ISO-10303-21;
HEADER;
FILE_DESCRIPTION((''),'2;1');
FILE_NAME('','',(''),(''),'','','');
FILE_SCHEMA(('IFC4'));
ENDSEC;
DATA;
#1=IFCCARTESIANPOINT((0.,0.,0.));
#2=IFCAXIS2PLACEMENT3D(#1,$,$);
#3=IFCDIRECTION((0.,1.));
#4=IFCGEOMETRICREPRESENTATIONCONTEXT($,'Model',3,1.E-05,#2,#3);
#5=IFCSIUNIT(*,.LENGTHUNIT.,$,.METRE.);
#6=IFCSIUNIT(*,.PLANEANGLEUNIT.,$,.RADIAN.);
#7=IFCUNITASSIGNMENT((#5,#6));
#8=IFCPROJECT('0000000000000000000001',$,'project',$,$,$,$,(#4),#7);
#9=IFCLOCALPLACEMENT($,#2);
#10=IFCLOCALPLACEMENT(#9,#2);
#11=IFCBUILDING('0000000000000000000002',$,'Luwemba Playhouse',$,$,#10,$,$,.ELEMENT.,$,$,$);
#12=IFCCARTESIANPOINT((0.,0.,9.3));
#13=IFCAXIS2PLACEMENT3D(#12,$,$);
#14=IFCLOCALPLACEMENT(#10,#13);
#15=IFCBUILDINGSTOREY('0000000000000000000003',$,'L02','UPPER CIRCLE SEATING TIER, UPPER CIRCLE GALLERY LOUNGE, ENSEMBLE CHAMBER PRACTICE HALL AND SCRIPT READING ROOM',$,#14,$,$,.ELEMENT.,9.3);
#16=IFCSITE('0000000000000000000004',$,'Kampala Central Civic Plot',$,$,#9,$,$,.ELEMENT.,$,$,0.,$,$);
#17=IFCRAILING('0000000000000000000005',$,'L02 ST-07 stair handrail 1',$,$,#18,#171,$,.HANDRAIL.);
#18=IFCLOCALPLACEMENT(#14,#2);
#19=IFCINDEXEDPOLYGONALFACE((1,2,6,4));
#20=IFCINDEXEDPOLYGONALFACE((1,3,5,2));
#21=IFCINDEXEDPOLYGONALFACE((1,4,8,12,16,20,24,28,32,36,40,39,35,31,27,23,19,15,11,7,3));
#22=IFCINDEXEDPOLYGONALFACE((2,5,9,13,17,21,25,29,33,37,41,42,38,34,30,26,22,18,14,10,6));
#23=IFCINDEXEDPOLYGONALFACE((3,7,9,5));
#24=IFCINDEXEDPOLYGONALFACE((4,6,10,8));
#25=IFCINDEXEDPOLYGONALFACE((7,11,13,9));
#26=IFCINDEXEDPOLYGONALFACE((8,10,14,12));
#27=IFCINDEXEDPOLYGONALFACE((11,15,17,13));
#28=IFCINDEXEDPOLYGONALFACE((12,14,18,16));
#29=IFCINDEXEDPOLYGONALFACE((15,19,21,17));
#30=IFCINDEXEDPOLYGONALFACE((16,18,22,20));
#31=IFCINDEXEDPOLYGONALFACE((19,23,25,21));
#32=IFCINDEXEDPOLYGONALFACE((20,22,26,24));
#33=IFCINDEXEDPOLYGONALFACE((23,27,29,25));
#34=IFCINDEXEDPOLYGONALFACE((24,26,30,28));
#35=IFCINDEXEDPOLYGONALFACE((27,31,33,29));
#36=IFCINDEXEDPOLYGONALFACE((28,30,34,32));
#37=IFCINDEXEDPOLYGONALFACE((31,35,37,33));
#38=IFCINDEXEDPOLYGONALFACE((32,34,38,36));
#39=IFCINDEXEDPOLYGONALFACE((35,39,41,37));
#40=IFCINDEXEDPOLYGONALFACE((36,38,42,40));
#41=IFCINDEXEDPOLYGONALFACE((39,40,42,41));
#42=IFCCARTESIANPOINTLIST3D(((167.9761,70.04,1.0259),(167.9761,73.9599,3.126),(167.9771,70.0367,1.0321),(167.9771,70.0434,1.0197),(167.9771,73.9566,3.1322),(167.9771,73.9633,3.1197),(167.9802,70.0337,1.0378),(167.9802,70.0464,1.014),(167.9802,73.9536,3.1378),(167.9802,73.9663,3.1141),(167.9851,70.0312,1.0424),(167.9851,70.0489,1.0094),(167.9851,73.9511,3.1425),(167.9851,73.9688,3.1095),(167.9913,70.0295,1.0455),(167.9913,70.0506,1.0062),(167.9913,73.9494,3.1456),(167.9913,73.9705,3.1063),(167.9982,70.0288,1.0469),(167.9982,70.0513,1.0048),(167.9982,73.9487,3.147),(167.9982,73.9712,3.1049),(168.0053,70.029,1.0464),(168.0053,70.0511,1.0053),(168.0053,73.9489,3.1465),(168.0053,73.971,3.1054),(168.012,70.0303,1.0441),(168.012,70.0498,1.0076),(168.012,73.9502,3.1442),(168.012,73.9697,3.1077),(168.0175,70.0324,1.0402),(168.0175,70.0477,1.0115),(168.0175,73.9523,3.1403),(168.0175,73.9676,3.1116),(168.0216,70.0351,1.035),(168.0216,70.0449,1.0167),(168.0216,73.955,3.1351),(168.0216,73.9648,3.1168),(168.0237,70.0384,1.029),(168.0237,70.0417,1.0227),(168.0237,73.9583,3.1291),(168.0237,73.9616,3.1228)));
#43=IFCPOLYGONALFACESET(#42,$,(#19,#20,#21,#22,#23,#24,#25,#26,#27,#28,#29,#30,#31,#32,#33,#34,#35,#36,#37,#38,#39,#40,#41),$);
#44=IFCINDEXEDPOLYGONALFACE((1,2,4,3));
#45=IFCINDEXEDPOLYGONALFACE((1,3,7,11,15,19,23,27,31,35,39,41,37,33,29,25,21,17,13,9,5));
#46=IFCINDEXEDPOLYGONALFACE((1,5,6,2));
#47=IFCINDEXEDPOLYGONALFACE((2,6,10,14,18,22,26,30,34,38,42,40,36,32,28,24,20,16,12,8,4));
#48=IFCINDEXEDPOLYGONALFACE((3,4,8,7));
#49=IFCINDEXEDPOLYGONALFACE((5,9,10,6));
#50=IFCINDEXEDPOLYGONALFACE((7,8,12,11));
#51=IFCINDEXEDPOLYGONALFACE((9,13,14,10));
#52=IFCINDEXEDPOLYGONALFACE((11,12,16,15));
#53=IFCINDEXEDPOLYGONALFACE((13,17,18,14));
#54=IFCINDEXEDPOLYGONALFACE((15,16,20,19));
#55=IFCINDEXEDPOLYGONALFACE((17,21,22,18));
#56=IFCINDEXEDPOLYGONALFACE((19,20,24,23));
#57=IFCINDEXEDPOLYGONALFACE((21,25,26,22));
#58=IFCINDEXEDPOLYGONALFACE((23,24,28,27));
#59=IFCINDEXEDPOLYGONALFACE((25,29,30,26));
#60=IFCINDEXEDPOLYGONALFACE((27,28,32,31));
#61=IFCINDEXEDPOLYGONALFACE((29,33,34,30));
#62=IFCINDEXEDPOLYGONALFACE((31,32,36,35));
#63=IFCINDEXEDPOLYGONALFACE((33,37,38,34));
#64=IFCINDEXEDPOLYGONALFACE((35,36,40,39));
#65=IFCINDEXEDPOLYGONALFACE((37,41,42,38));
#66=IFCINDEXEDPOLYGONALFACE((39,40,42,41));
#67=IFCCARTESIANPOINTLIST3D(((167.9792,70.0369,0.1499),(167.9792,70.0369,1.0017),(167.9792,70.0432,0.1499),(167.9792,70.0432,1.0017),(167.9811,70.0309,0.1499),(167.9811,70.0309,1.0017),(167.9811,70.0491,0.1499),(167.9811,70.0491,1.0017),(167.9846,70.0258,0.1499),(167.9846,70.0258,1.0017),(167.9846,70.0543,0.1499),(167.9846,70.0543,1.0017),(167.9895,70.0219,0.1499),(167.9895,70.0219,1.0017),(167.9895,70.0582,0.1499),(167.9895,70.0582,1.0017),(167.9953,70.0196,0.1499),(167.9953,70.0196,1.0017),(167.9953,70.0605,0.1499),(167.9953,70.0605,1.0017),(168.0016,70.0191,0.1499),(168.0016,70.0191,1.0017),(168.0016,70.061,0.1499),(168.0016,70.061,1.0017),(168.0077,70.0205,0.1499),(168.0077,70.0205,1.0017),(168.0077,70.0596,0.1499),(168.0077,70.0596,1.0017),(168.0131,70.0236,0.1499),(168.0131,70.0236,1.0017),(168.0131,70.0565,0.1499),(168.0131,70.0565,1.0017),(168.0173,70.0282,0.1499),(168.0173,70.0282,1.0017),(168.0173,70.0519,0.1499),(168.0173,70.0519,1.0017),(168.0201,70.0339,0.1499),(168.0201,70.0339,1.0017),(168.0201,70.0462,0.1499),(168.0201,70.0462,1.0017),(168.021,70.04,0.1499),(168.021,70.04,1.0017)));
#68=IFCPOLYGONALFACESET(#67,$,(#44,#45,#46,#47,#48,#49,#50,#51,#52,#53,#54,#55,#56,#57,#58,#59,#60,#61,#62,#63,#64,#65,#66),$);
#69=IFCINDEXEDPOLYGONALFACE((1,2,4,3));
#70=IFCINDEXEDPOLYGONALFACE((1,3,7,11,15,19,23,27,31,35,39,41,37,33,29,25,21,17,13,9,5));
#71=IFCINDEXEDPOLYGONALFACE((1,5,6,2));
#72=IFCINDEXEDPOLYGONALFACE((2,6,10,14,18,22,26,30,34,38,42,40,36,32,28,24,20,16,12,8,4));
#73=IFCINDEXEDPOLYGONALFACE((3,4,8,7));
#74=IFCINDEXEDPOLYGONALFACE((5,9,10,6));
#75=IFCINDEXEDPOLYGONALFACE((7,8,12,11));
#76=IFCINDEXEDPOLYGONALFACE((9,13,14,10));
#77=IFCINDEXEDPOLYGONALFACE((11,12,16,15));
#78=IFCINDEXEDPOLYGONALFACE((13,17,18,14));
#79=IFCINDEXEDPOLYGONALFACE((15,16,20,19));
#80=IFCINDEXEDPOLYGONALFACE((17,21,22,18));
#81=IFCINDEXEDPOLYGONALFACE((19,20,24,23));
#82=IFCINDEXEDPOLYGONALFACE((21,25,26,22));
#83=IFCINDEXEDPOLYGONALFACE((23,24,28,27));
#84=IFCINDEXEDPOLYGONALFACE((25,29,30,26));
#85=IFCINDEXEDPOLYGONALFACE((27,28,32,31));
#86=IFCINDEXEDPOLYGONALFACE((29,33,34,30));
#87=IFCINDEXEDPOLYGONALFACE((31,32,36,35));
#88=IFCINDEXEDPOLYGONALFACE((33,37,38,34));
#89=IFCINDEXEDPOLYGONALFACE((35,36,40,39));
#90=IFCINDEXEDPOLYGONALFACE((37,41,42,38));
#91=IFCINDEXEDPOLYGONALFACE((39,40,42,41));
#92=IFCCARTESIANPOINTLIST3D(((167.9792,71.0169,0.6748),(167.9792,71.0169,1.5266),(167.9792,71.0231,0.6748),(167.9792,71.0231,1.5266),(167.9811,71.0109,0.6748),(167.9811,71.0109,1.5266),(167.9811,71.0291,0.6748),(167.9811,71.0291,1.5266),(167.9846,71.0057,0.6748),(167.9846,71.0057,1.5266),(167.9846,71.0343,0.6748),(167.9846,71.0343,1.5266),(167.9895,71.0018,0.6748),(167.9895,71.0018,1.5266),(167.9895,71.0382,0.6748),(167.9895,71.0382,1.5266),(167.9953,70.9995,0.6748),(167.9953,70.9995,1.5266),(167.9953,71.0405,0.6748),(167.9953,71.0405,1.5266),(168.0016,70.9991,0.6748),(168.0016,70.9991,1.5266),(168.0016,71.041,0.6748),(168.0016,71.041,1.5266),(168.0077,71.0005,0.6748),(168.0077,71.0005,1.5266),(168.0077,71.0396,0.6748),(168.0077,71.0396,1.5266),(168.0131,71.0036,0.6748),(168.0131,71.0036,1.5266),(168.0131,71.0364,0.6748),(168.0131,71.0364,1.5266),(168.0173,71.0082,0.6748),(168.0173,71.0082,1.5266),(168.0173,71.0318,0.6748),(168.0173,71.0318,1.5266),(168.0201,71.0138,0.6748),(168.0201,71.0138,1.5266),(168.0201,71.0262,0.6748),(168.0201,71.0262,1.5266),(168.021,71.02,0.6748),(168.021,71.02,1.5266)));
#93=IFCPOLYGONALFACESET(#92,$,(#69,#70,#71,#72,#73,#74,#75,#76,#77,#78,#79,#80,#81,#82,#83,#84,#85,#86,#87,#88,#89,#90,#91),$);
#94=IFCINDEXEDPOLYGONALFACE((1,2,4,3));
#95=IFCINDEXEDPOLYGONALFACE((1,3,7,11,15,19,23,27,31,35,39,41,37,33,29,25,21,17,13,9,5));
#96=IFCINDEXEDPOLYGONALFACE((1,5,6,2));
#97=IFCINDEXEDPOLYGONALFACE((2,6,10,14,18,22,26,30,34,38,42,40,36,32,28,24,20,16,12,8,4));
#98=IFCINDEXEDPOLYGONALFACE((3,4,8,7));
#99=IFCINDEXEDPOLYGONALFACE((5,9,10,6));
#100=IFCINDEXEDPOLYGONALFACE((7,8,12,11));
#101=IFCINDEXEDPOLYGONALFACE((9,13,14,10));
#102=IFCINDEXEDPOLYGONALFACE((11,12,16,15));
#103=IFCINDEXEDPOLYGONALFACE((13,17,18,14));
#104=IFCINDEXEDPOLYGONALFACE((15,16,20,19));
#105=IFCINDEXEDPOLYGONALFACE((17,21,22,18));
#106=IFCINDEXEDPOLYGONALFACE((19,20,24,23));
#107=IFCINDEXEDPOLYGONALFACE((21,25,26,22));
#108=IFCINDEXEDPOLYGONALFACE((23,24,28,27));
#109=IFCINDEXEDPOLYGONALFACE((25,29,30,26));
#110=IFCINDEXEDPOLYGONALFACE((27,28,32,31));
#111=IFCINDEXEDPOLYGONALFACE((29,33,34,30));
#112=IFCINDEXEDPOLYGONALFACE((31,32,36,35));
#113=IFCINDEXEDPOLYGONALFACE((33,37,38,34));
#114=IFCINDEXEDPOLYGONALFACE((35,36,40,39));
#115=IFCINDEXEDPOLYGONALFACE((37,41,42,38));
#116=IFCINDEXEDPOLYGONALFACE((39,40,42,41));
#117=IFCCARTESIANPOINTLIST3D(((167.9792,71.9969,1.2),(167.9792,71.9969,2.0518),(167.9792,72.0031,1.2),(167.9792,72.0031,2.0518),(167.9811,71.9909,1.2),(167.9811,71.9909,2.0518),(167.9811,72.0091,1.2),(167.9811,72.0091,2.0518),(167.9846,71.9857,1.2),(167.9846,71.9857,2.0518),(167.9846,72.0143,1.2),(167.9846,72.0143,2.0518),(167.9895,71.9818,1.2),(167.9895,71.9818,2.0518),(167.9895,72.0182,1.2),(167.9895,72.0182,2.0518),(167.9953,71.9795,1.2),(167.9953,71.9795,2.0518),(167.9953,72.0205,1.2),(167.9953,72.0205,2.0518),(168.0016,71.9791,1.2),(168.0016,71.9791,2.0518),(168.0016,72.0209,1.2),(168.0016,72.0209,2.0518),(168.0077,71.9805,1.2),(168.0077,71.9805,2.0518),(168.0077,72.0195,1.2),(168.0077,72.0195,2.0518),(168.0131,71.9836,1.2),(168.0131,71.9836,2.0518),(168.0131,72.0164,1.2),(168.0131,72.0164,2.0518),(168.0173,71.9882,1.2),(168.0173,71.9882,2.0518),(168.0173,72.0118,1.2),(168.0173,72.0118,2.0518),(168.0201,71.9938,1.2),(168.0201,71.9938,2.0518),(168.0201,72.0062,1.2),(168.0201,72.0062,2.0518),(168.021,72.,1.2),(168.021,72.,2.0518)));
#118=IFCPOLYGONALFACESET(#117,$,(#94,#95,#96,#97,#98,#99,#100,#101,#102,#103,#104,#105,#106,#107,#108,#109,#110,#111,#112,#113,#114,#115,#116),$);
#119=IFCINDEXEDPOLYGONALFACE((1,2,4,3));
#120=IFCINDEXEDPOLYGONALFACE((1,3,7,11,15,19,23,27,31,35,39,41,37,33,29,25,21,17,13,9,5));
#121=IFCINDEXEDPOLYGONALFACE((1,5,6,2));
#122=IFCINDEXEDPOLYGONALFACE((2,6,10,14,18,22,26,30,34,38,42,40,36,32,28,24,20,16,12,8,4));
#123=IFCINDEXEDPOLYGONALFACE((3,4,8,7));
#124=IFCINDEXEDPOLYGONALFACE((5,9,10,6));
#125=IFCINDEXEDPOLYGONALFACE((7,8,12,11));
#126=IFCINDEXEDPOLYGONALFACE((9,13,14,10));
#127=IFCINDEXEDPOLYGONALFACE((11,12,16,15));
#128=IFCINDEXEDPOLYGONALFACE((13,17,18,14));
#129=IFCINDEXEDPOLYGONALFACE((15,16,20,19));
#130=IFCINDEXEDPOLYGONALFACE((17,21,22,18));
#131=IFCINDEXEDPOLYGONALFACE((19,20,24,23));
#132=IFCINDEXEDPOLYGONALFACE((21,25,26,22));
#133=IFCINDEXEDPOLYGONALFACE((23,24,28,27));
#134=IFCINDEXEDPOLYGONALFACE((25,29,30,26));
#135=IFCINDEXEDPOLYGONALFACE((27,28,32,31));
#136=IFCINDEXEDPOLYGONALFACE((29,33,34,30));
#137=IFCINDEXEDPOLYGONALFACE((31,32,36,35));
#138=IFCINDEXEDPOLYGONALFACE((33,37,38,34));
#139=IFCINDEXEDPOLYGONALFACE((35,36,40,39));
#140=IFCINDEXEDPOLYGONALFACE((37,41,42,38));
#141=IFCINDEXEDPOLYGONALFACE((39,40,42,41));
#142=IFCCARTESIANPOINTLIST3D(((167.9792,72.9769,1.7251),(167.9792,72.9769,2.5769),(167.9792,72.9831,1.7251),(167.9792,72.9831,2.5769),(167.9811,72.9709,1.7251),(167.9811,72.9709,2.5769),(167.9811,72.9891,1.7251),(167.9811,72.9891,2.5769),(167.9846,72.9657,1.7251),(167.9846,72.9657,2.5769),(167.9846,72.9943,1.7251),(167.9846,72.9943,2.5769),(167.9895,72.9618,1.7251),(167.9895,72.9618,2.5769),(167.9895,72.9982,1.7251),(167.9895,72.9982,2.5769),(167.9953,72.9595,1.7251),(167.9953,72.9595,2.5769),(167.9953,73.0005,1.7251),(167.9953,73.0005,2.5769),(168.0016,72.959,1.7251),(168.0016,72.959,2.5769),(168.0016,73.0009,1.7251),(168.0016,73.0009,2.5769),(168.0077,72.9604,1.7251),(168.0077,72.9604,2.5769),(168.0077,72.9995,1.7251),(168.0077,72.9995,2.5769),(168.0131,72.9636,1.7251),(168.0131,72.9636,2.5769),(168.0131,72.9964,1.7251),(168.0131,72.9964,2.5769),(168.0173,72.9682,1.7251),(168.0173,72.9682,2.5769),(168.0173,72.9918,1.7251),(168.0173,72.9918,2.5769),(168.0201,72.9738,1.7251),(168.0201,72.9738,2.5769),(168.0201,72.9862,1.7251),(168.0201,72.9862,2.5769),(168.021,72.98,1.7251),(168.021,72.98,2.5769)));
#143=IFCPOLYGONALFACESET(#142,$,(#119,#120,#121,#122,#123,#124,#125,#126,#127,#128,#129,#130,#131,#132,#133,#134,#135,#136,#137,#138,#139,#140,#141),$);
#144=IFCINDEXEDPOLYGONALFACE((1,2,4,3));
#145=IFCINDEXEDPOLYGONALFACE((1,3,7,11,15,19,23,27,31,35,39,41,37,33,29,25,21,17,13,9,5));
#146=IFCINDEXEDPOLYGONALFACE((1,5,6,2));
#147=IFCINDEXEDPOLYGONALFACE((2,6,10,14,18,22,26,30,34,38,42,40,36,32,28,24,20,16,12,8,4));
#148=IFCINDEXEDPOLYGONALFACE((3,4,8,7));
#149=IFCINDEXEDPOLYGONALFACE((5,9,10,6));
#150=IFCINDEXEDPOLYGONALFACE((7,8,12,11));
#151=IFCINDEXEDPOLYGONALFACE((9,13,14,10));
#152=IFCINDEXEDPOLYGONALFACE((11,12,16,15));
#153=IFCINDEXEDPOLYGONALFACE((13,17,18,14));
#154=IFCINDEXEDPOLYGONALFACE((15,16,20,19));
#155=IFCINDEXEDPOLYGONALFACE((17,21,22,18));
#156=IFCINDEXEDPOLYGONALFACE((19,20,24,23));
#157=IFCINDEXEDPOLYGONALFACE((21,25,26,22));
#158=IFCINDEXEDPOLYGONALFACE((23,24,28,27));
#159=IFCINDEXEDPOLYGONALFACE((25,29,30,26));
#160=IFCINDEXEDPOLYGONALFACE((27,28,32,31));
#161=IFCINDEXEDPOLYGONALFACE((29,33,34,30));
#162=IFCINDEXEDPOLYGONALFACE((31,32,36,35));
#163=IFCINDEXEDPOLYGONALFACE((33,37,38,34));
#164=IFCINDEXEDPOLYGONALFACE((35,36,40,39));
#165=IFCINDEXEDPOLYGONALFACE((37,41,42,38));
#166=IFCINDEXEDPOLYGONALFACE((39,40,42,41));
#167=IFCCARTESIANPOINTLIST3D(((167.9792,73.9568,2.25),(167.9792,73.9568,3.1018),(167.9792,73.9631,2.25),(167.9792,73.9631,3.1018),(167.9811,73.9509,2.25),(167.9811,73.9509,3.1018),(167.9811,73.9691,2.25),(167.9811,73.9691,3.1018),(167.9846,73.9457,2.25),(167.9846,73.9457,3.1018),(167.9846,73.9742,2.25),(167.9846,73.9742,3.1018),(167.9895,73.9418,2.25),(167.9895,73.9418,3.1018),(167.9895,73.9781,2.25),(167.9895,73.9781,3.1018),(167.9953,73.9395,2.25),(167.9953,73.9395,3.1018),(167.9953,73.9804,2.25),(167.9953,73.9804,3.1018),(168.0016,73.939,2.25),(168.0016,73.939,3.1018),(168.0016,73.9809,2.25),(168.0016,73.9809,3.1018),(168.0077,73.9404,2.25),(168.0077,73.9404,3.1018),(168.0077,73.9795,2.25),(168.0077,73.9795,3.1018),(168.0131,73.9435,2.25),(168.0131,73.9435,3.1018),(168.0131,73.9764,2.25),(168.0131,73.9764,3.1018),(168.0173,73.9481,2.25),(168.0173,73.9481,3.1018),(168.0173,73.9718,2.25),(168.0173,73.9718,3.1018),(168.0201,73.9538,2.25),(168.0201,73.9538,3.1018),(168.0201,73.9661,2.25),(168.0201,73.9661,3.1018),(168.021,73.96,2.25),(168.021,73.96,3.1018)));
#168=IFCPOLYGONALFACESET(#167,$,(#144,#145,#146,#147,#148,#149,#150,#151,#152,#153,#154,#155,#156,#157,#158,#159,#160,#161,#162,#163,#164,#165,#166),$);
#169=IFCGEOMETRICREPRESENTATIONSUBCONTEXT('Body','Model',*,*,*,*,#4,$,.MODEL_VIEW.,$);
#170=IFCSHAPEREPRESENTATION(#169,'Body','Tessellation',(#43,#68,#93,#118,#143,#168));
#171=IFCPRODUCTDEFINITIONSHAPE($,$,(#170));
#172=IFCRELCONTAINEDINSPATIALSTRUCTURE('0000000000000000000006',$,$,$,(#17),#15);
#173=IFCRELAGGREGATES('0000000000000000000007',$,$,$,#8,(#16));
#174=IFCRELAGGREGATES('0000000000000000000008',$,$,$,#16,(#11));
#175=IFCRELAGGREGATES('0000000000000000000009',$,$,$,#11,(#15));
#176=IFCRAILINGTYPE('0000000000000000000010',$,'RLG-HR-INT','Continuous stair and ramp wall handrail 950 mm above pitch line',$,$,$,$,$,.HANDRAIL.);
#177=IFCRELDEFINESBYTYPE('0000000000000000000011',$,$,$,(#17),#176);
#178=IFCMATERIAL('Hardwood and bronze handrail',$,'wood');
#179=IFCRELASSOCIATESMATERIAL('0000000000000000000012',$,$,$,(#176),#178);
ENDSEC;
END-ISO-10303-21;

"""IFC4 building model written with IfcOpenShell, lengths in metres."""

from ifc_helpers import new_model, si_unit, direction, frame, origin, origin_2d, place, context, subcontext, project, spatial, circle, extrude, material, type_object, element, save


model = new_model("IFC4")

# Units and contexts
model_context = context("Model", 3, precision=1e-05, world=origin(), true_north=direction((0.0, 1.0)))
body_context = subcontext(model_context, "Body", "Model", "MODEL_VIEW")
ifc_project = project(units=[si_unit("LENGTHUNIT", "METRE"), si_unit("PLANEANGLEUNIT", "RADIAN")], contexts=[model_context])

# Site, building, storey
site_placement = place(None, origin())
site = spatial("IfcSite", under=ifc_project, at=site_placement, Name="Kampala Central Civic Plot", CompositionType="ELEMENT", RefElevation=0.0)
building_placement = place(site_placement, origin())
building = spatial("IfcBuilding", under=site, at=building_placement, Name="Luwemba Playhouse", CompositionType="ELEMENT")
storey_placement = place(building_placement, frame((0.0, 0.0, 9.3)))
storey = spatial("IfcBuildingStorey", under=building, at=storey_placement, Name="L02", Description="UPPER CIRCLE SEATING TIER, UPPER CIRCLE GALLERY LOUNGE, ENSEMBLE CHAMBER PRACTICE HALL AND SCRIPT READING ROOM", CompositionType="ELEMENT", Elevation=9.3)

# Railing
ifc_material_1 = material(Name="Hardwood and bronze handrail", Category="wood")
railing_type_1 = type_object("IfcRailingType", Name="RLG-HR-INT", Description="Continuous stair and ramp wall handrail 950 mm above pitch line", PredefinedType="HANDRAIL", material=ifc_material_1)
railing_1_placement = place(storey_placement, frame((168.0, 70.04, 0.1499)))
element("IfcRailing", 1, at=railing_1_placement, inside=storey, type_object=railing_type_1, Name="L02 ST-07 stair handrail 1", PredefinedType="HANDRAIL", context=body_context, shape_type="SweptSolid", body=[
    extrude(circle(Radius=0.0239, at=origin_2d()), frame((0.0, 0.0, 0.876), z_axis=(0.0, 0.881467, 0.472246), x_axis=(-1.0, 0.0, 0.0)), (0.0, 0.0, 1.0), 4.447),
    extrude(circle(Radius=0.021, at=origin_2d()), origin(), (0.0, 0.0, 1.0), 0.8518),
    extrude(circle(Radius=0.021, at=origin_2d()), frame((0.0, 0.98, 0.5249)), (0.0, 0.0, 1.0), 0.8518),
    extrude(circle(Radius=0.021, at=origin_2d()), frame((0.0, 1.96, 1.05)), (0.0, 0.0, 1.0), 0.8518),
    extrude(circle(Radius=0.021, at=origin_2d()), frame((0.0, 2.9399, 1.5752)), (0.0, 0.0, 1.0), 0.8518),
    extrude(circle(Radius=0.021, at=origin_2d()), frame((0.0, 3.9199, 2.1001)), (0.0, 0.0, 1.0), 0.8518),
])

save(model, "model.ifc")
